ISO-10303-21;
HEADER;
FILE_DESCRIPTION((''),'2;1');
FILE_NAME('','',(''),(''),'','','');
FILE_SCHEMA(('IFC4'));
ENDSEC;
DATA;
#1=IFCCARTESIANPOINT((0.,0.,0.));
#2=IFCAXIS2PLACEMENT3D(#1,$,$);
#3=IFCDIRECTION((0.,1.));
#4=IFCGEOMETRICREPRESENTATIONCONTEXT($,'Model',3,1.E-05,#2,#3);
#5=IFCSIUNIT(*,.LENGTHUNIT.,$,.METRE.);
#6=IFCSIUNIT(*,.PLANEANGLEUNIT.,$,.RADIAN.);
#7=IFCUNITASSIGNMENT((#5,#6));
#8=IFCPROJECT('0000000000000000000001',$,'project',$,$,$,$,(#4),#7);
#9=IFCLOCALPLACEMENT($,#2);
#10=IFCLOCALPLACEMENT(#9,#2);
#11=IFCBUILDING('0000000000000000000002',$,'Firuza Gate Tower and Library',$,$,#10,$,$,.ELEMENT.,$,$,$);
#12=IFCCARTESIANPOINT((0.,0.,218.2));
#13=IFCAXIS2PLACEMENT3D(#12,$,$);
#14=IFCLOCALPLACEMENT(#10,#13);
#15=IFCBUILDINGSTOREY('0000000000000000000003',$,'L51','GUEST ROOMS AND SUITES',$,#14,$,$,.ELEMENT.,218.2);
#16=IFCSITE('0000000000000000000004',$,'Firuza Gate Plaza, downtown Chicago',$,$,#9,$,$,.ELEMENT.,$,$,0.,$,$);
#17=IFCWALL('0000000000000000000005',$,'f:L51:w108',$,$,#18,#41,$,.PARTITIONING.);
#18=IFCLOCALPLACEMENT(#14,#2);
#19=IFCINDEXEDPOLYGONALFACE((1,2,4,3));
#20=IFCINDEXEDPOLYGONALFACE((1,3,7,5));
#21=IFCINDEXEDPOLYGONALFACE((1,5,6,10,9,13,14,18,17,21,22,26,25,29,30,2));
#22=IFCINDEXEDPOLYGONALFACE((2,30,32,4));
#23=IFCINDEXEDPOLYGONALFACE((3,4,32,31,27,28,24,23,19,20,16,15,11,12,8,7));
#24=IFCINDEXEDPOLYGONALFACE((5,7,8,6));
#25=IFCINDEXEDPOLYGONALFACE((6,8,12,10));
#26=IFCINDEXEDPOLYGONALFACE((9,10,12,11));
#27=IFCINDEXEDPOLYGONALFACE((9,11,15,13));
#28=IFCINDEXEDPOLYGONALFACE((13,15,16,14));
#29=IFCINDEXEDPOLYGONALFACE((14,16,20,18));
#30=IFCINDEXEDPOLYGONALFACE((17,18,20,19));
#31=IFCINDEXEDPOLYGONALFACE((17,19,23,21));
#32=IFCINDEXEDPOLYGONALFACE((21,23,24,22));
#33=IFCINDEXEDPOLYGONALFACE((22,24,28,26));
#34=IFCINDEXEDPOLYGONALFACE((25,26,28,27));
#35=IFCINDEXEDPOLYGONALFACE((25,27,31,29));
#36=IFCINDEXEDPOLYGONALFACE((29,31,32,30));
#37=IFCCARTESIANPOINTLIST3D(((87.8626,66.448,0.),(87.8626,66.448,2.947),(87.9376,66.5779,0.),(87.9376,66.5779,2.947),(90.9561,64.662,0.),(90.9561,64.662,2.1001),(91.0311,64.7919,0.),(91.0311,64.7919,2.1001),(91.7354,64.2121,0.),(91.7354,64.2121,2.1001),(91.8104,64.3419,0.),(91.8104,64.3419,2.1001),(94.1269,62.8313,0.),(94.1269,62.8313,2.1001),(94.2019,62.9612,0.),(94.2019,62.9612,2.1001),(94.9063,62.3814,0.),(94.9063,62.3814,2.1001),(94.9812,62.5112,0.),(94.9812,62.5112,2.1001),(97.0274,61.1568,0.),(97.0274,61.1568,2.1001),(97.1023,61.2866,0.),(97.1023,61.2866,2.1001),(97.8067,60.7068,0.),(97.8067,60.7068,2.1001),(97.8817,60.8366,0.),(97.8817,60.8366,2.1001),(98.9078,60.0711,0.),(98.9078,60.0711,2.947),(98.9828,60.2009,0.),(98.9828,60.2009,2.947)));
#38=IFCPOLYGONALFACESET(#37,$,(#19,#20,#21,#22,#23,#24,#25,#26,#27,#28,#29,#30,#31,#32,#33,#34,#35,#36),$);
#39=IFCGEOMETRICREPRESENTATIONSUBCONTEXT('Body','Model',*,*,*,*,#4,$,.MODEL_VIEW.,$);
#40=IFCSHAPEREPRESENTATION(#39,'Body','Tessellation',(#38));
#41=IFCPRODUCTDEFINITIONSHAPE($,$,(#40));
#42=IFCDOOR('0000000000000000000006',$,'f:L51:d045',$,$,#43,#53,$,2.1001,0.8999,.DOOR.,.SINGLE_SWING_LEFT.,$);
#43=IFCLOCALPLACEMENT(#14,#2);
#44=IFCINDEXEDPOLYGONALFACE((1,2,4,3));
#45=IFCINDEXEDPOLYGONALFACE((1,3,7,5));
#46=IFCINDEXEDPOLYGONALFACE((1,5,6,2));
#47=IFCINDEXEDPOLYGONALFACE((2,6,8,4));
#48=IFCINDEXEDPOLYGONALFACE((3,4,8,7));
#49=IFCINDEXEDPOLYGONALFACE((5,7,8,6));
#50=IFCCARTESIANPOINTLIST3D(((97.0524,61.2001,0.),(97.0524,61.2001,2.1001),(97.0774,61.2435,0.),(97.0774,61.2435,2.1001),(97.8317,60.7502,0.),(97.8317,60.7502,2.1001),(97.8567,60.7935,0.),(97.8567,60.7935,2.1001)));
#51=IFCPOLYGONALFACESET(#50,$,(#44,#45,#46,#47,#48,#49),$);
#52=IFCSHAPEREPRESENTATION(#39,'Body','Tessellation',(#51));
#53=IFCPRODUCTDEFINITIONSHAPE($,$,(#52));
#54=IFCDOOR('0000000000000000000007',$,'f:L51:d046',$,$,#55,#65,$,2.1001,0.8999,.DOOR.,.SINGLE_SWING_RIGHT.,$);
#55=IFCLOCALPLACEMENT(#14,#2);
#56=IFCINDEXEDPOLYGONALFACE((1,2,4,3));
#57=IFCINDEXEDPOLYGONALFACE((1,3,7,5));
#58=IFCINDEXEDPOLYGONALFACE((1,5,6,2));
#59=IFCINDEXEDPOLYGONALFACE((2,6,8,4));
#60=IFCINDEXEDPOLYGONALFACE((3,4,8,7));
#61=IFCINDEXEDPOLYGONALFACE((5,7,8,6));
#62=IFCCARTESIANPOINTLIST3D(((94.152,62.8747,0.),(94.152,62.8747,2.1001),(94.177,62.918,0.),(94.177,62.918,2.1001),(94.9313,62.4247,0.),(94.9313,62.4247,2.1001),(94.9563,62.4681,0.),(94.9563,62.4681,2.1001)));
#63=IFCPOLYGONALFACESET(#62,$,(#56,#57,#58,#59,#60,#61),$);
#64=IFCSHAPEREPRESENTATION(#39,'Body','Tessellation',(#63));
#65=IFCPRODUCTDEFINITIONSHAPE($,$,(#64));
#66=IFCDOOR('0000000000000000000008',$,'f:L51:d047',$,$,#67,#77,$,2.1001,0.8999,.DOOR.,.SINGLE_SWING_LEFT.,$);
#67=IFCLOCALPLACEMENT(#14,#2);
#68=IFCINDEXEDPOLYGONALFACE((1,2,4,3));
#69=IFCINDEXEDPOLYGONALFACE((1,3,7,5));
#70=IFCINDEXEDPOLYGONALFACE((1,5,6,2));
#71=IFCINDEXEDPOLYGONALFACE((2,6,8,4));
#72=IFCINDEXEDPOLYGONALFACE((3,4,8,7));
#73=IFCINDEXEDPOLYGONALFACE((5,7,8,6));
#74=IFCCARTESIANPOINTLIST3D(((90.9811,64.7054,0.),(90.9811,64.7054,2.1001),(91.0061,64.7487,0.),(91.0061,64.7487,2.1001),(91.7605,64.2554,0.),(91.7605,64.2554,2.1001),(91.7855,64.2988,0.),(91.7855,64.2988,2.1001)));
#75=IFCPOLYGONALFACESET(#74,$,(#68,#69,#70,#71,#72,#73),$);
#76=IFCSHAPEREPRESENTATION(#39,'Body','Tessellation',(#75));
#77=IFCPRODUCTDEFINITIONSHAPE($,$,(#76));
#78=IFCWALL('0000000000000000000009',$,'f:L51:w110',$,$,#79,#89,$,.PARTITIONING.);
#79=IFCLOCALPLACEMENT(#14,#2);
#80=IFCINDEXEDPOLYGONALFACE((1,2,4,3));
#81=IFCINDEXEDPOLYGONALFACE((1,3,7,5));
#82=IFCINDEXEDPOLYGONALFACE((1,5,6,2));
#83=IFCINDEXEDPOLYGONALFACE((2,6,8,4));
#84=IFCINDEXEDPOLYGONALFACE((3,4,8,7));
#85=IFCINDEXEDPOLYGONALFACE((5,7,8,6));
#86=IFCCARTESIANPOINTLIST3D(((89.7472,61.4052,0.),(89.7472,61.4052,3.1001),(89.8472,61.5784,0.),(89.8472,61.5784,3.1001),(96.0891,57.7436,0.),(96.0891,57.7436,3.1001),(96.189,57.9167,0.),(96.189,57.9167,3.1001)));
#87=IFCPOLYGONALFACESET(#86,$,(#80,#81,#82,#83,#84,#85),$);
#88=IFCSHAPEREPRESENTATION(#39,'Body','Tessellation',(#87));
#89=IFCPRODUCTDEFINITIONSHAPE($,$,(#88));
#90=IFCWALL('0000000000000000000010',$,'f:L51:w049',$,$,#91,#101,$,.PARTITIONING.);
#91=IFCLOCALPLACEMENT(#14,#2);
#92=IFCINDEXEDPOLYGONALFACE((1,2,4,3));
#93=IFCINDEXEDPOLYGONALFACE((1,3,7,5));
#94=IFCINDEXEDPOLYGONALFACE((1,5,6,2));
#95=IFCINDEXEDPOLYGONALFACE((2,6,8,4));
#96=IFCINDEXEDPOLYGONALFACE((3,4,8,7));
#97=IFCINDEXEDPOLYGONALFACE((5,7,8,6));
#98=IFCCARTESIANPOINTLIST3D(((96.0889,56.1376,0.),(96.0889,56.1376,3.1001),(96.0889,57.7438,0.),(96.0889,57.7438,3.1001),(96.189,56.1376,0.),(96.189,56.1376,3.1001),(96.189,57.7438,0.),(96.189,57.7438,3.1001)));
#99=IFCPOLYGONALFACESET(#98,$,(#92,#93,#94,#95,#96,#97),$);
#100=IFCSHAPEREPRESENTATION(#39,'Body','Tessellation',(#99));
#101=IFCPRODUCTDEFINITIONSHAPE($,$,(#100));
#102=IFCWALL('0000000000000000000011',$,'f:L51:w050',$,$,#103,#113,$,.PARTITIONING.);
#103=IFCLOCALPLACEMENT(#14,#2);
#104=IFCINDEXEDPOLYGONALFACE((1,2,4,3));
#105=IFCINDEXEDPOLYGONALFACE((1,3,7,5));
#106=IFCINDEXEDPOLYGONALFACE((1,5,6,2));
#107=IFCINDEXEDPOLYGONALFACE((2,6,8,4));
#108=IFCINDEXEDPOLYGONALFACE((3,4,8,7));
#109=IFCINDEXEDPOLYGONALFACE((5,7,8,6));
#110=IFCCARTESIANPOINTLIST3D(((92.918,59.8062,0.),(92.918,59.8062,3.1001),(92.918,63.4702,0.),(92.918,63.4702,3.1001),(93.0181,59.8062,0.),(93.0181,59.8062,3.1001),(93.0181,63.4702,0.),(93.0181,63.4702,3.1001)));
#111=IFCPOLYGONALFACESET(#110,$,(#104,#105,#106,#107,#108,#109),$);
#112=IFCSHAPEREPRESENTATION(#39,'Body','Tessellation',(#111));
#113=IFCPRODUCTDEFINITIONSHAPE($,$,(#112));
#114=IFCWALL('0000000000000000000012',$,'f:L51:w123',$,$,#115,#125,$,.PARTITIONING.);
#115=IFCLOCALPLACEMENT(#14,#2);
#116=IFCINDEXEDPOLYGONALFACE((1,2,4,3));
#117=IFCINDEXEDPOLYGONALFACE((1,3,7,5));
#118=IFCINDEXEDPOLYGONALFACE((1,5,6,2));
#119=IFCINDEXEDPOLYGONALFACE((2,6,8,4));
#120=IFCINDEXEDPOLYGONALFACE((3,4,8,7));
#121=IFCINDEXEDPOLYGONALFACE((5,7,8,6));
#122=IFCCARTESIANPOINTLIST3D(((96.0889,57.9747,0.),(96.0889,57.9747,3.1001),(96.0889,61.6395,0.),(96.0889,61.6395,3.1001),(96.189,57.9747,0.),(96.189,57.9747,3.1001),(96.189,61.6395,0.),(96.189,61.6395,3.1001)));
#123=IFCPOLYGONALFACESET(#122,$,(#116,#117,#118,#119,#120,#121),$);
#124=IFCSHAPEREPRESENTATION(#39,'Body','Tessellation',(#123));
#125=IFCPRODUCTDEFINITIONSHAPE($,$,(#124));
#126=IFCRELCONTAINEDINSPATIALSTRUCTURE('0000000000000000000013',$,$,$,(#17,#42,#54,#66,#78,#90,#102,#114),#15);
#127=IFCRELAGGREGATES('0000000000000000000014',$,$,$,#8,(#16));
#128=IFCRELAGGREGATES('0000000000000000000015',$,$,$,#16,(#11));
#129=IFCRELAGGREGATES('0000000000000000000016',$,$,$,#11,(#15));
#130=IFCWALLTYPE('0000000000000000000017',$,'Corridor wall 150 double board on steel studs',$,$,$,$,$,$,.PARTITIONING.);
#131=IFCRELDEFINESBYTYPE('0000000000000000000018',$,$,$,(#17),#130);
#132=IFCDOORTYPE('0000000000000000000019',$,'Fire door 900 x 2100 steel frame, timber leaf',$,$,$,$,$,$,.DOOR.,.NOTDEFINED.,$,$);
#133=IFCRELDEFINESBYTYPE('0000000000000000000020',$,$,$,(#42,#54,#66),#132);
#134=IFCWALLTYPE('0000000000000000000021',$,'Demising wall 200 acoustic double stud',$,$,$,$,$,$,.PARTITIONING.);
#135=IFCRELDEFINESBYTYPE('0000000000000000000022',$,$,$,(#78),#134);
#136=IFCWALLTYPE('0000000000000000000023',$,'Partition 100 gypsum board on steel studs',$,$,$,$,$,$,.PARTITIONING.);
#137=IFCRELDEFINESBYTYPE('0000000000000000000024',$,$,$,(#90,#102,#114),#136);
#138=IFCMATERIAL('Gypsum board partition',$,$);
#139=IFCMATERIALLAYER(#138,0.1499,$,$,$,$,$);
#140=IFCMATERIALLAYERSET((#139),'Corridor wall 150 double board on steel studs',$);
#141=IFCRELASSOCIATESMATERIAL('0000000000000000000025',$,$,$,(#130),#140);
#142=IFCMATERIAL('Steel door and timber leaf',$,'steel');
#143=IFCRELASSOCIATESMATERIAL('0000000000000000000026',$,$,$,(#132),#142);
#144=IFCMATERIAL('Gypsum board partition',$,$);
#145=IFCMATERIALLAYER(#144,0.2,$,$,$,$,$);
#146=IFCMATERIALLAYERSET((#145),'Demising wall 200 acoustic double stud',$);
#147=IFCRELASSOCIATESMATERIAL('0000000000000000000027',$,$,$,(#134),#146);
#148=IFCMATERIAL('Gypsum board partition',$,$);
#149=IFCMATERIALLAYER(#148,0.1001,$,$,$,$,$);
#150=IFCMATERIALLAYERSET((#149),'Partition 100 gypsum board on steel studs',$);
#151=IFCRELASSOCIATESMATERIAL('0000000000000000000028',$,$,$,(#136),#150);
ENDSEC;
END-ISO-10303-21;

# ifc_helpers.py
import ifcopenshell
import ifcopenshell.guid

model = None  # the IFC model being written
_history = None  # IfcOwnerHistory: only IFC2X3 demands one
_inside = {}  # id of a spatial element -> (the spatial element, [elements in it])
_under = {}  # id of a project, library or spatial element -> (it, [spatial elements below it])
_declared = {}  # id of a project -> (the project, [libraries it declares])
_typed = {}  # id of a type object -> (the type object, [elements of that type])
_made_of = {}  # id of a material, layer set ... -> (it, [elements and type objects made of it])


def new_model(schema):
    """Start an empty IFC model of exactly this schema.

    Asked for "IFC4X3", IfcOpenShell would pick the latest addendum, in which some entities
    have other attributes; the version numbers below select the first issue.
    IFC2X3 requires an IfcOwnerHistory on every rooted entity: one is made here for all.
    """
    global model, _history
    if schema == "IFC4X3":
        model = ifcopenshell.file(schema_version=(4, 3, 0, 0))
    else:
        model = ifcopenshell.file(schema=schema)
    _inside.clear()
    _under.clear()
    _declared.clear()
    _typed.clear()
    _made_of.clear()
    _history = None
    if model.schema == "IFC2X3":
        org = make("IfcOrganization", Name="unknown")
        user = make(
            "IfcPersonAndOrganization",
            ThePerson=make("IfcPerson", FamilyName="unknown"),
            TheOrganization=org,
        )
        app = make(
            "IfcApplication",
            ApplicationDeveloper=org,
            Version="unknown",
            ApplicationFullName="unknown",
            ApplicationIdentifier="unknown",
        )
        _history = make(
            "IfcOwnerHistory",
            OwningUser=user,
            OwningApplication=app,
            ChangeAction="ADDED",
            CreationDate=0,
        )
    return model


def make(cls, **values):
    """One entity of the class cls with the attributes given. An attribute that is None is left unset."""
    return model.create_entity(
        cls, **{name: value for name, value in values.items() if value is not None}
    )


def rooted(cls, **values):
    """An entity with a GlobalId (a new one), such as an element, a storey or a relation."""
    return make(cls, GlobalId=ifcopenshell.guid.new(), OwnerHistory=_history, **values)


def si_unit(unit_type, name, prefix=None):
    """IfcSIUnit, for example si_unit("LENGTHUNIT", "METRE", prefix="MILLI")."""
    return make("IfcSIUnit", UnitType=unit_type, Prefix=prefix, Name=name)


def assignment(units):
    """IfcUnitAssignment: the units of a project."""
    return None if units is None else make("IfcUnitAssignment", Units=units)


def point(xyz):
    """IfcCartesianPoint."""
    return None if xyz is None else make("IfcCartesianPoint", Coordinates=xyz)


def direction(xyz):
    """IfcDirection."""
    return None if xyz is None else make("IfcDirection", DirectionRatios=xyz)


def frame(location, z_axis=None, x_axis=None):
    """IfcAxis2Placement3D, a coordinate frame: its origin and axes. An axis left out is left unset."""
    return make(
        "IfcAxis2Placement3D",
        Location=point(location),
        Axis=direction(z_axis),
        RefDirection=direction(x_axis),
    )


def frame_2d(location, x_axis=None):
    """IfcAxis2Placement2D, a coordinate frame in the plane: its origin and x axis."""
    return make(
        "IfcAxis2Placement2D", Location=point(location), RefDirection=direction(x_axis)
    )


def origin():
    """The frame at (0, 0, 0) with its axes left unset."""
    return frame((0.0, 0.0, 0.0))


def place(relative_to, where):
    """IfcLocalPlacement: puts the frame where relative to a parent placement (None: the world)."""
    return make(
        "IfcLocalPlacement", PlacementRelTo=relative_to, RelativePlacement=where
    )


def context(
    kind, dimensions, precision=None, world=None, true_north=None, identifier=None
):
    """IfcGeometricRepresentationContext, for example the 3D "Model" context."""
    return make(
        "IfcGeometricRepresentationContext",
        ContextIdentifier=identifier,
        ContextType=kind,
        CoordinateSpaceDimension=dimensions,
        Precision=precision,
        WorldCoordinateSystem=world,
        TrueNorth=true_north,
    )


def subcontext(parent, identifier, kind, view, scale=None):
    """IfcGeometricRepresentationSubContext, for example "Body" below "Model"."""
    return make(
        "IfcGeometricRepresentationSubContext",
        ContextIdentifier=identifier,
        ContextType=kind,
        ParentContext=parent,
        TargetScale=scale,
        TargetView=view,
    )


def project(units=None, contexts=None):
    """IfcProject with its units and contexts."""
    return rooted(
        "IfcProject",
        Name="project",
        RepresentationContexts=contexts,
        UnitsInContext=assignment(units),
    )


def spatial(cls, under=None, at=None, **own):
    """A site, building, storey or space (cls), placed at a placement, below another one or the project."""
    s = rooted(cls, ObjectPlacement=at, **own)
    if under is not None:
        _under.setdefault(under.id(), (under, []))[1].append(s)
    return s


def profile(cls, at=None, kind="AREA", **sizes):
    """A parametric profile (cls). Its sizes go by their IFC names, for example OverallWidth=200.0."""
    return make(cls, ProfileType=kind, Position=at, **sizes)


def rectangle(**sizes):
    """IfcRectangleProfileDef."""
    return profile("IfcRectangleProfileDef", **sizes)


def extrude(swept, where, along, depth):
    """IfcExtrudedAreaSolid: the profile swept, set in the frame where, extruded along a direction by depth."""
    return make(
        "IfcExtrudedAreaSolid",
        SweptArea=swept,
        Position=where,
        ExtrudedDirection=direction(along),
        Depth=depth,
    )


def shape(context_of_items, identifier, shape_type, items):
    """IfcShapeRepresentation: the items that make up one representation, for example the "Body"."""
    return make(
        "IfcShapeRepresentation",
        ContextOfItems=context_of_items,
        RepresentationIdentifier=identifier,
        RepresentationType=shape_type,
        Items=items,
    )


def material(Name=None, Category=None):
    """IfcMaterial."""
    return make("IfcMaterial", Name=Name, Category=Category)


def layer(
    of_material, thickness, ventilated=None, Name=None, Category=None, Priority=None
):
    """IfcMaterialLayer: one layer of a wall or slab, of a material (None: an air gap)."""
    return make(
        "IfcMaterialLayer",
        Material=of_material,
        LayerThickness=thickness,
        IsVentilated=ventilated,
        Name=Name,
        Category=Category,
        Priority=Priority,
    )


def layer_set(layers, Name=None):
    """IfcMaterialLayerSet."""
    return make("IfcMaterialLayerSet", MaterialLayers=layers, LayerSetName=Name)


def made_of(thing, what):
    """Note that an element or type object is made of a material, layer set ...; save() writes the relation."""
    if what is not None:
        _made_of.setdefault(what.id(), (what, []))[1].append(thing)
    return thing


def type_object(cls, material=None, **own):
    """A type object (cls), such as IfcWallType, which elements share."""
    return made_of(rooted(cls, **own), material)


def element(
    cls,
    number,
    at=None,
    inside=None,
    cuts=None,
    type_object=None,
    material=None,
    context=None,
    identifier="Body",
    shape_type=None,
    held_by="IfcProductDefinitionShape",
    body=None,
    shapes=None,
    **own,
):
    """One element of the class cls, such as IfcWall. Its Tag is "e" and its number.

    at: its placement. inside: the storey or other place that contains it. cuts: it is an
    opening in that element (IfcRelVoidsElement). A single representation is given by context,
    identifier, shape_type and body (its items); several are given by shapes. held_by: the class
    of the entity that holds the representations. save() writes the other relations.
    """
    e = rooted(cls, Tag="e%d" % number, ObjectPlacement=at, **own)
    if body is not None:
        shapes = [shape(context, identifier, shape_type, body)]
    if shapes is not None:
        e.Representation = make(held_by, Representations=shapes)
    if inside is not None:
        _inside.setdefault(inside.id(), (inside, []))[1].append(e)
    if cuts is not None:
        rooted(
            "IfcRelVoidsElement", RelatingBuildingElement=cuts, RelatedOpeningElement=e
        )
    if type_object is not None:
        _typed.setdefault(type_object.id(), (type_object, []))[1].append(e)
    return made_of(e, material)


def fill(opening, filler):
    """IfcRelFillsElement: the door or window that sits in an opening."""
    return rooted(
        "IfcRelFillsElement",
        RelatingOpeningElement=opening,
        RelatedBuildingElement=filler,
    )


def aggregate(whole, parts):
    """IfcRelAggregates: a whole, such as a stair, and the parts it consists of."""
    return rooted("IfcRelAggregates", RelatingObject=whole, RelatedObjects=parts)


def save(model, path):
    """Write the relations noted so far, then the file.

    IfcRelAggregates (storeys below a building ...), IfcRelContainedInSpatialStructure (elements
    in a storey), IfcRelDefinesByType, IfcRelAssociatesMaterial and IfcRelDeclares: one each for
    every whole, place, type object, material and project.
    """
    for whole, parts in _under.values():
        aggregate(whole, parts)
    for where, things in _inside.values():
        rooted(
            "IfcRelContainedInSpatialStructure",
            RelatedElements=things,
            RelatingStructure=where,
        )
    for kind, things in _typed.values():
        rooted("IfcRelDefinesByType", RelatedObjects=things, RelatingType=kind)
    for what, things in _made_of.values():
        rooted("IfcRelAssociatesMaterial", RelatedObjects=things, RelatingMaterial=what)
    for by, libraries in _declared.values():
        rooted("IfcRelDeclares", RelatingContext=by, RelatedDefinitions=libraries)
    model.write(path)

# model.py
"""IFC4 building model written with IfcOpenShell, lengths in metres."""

from ifc_helpers import new_model, si_unit, direction, frame, frame_2d, origin, place, context, subcontext, project, spatial, rectangle, extrude, material, layer, layer_set, type_object, element, fill, save


model = new_model("IFC4")

# Units and contexts
model_context = context("Model", 3, precision=1e-05, world=origin(), true_north=direction((0.0, 1.0)))
body_context = subcontext(model_context, "Body", "Model", "MODEL_VIEW")
ifc_project = project(units=[si_unit("LENGTHUNIT", "METRE"), si_unit("PLANEANGLEUNIT", "RADIAN")], contexts=[model_context])

# Site, building, storey
site_placement = place(None, origin())
site = spatial("IfcSite", under=ifc_project, at=site_placement, Name="Firuza Gate Plaza, downtown Chicago", CompositionType="ELEMENT", RefElevation=0.0)
building_placement = place(site_placement, origin())
building = spatial("IfcBuilding", under=site, at=building_placement, Name="Firuza Gate Tower and Library", CompositionType="ELEMENT")
storey_placement = place(building_placement, frame((0.0, 0.0, 218.2)))
storey = spatial("IfcBuildingStorey", under=building, at=storey_placement, Name="L51", Description="GUEST ROOMS AND SUITES", CompositionType="ELEMENT", Elevation=218.2)

# Shared definitions
ifc_material_1 = material(Name="Gypsum board partition")
ifc_layer_1 = layer(ifc_material_1, 0.1499)
ifc_layer_set_1 = layer_set([ifc_layer_1], Name="Corridor wall 150 double board on steel studs")
wall_type_1 = type_object("IfcWallType", Name="Corridor wall 150 double board on steel studs", PredefinedType="PARTITIONING", material=ifc_layer_set_1)

# Wall, openings, doors
wall_1_placement = place(storey_placement, frame((98.9453, 60.136, 0.0), z_axis=(0.0, 0.0, 1.0), x_axis=(-0.866025, 0.500001, 0.0)))
wall_1 = element("IfcWall", 1, at=wall_1_placement, inside=storey, type_object=wall_type_1, Name="f:L51:w108", PredefinedType="PARTITIONING", context=body_context, shape_type="SweptSolid", body=[
    extrude(rectangle(XDim=12.7539, YDim=0.1499, at=frame_2d((6.377, 0.0))), origin(), (0.0, 0.0, 1.0), 2.947),
])
opening_1_placement = place(wall_1_placement, frame((1.2715, 0.0, 0.0)))
opening_1 = element("IfcOpeningElement", 2, at=opening_1_placement, cuts=wall_1, PredefinedType="OPENING", context=body_context, shape_type="SweptSolid", body=[
    extrude(rectangle(XDim=0.8999, YDim=2.1001, at=frame_2d((0.45, 1.05))), frame((0.0, 0.085, 0.0), z_axis=(0.0, -1.0, 0.0), x_axis=(1.0, 0.0, 0.0)), (0.0, 0.0, 1.0), 0.1699),
])
opening_2_placement = place(wall_1_placement, frame((4.6206, 0.0, 0.0)))
opening_2 = element("IfcOpeningElement", 3, at=opening_2_placement, cuts=wall_1, PredefinedType="OPENING", context=body_context, shape_type="SweptSolid", body=[
    extrude(rectangle(XDim=0.8999, YDim=2.1001, at=frame_2d((0.45, 1.05))), frame((0.0, 0.085, 0.0), z_axis=(0.0, -1.0, 0.0), x_axis=(1.0, 0.0, 0.0)), (0.0, 0.0, 1.0), 0.1699),
])
opening_3_placement = place(wall_1_placement, frame((8.282, 0.0, 0.0)))
opening_3 = element("IfcOpeningElement", 4, at=opening_3_placement, cuts=wall_1, PredefinedType="OPENING", context=body_context, shape_type="SweptSolid", body=[
    extrude(rectangle(XDim=0.8999, YDim=2.1001, at=frame_2d((0.45, 1.05))), frame((0.0, 0.085, 0.0), z_axis=(0.0, -1.0, 0.0), x_axis=(1.0, 0.0, 0.0)), (0.0, 0.0, 1.0), 0.1699),
])
ifc_material_2 = material(Name="Steel door and timber leaf", Category="steel")
door_type = type_object("IfcDoorType", Name="Fire door 900 x 2100 steel frame, timber leaf", OperationType="NOTDEFINED", PredefinedType="DOOR", material=ifc_material_2)
door_1_placement = place(opening_1_placement, origin())
door_1 = element("IfcDoor", 5, at=door_1_placement, inside=storey, type_object=door_type, Name="f:L51:d045", OperationType="SINGLE_SWING_LEFT", OverallHeight=2.1001, OverallWidth=0.8999, PredefinedType="DOOR", context=body_context, shape_type="SweptSolid", body=[
    extrude(rectangle(XDim=0.8999, YDim=2.1001, at=frame_2d((0.45, 1.05))), frame((0.0, 0.0249, 0.0), z_axis=(0.0, -1.0, 0.0), x_axis=(1.0, 0.0, 0.0)), (0.0, 0.0, 1.0), 0.05),
])
fill(opening_1, door_1)
door_2_placement = place(opening_2_placement, origin())
door_2 = element("IfcDoor", 6, at=door_2_placement, inside=storey, type_object=door_type, Name="f:L51:d046", OperationType="SINGLE_SWING_RIGHT", OverallHeight=2.1001, OverallWidth=0.8999, PredefinedType="DOOR", context=body_context, shape_type="SweptSolid", body=[
    extrude(rectangle(XDim=0.8999, YDim=2.1001, at=frame_2d((0.45, 1.05))), frame((0.0, 0.0249, 0.0), z_axis=(0.0, -1.0, 0.0), x_axis=(1.0, 0.0, 0.0)), (0.0, 0.0, 1.0), 0.05),
])
fill(opening_2, door_2)
door_3_placement = place(opening_3_placement, origin())
door_3 = element("IfcDoor", 7, at=door_3_placement, inside=storey, type_object=door_type, Name="f:L51:d047", OperationType="SINGLE_SWING_LEFT", OverallHeight=2.1001, OverallWidth=0.8999, PredefinedType="DOOR", context=body_context, shape_type="SweptSolid", body=[
    extrude(rectangle(XDim=0.8999, YDim=2.1001, at=frame_2d((0.45, 1.05))), frame((0.0, 0.0249, 0.0), z_axis=(0.0, -1.0, 0.0), x_axis=(1.0, 0.0, 0.0)), (0.0, 0.0, 1.0), 0.05),
])
fill(opening_3, door_3)

# Walls
ifc_material_3 = material(Name="Gypsum board partition")
ifc_layer_2 = layer(ifc_material_3, 0.2)
ifc_layer_set_2 = layer_set([ifc_layer_2], Name="Demising wall 200 acoustic double stud")
wall_type_2 = type_object("IfcWallType", Name="Demising wall 200 acoustic double stud", PredefinedType="PARTITIONING", material=ifc_layer_set_2)
wall_2_placement = place(storey_placement, frame((96.1392, 57.8301, 0.0), z_axis=(0.0, 0.0, 1.0), x_axis=(-0.866015, 0.500019, 0.0)))
element("IfcWall", 8, at=wall_2_placement, inside=storey, type_object=wall_type_2, Name="f:L51:w110", PredefinedType="PARTITIONING", context=body_context, shape_type="SweptSolid", body=[
    extrude(rectangle(XDim=7.323, YDim=0.2, at=frame_2d((3.6616, 0.0))), origin(), (0.0, 0.0, 1.0), 3.1001),
])
ifc_material_4 = material(Name="Gypsum board partition")
ifc_layer_3 = layer(ifc_material_4, 0.1001)
ifc_layer_set_3 = layer_set([ifc_layer_3], Name="Partition 100 gypsum board on steel studs")
wall_type_3 = type_object("IfcWallType", Name="Partition 100 gypsum board on steel studs", PredefinedType="PARTITIONING", material=ifc_layer_set_3)
wall_3_placement = place(storey_placement, frame((96.1389, 56.1375, 0.0), z_axis=(0.0, 0.0, 1.0), x_axis=(0.0, 1.0, 0.0)))
element("IfcWall", 9, at=wall_3_placement, inside=storey, type_object=wall_type_3, Name="f:L51:w049", PredefinedType="PARTITIONING", context=body_context, shape_type="SweptSolid", body=[
    extrude(rectangle(XDim=1.6062, YDim=0.1001, at=frame_2d((0.8032, 0.0))), origin(), (0.0, 0.0, 1.0), 3.1001),
])
wall_4_placement = place(storey_placement, frame((92.968, 59.8062, 0.0), z_axis=(0.0, 0.0, 1.0), x_axis=(0.0, 1.0, 0.0)))
element("IfcWall", 10, at=wall_4_placement, inside=storey, type_object=wall_type_3, Name="f:L51:w050", PredefinedType="PARTITIONING", context=body_context, shape_type="SweptSolid", body=[
    extrude(rectangle(XDim=3.6641, YDim=0.1001, at=frame_2d((1.832, 0.0))), origin(), (0.0, 0.0, 1.0), 3.1001),
])
wall_5_placement = place(storey_placement, frame((96.1389, 57.9746, 0.0), z_axis=(0.0, 0.0, 1.0), x_axis=(0.0, 1.0, 0.0)))
element("IfcWall", 11, at=wall_5_placement, inside=storey, type_object=wall_type_3, Name="f:L51:w123", PredefinedType="PARTITIONING", context=body_context, shape_type="SweptSolid", body=[
    extrude(rectangle(XDim=3.6648, YDim=0.1001, at=frame_2d((1.8325, 0.0))), origin(), (0.0, 0.0, 1.0), 3.1001),
])

save(model, "model.ifc")
